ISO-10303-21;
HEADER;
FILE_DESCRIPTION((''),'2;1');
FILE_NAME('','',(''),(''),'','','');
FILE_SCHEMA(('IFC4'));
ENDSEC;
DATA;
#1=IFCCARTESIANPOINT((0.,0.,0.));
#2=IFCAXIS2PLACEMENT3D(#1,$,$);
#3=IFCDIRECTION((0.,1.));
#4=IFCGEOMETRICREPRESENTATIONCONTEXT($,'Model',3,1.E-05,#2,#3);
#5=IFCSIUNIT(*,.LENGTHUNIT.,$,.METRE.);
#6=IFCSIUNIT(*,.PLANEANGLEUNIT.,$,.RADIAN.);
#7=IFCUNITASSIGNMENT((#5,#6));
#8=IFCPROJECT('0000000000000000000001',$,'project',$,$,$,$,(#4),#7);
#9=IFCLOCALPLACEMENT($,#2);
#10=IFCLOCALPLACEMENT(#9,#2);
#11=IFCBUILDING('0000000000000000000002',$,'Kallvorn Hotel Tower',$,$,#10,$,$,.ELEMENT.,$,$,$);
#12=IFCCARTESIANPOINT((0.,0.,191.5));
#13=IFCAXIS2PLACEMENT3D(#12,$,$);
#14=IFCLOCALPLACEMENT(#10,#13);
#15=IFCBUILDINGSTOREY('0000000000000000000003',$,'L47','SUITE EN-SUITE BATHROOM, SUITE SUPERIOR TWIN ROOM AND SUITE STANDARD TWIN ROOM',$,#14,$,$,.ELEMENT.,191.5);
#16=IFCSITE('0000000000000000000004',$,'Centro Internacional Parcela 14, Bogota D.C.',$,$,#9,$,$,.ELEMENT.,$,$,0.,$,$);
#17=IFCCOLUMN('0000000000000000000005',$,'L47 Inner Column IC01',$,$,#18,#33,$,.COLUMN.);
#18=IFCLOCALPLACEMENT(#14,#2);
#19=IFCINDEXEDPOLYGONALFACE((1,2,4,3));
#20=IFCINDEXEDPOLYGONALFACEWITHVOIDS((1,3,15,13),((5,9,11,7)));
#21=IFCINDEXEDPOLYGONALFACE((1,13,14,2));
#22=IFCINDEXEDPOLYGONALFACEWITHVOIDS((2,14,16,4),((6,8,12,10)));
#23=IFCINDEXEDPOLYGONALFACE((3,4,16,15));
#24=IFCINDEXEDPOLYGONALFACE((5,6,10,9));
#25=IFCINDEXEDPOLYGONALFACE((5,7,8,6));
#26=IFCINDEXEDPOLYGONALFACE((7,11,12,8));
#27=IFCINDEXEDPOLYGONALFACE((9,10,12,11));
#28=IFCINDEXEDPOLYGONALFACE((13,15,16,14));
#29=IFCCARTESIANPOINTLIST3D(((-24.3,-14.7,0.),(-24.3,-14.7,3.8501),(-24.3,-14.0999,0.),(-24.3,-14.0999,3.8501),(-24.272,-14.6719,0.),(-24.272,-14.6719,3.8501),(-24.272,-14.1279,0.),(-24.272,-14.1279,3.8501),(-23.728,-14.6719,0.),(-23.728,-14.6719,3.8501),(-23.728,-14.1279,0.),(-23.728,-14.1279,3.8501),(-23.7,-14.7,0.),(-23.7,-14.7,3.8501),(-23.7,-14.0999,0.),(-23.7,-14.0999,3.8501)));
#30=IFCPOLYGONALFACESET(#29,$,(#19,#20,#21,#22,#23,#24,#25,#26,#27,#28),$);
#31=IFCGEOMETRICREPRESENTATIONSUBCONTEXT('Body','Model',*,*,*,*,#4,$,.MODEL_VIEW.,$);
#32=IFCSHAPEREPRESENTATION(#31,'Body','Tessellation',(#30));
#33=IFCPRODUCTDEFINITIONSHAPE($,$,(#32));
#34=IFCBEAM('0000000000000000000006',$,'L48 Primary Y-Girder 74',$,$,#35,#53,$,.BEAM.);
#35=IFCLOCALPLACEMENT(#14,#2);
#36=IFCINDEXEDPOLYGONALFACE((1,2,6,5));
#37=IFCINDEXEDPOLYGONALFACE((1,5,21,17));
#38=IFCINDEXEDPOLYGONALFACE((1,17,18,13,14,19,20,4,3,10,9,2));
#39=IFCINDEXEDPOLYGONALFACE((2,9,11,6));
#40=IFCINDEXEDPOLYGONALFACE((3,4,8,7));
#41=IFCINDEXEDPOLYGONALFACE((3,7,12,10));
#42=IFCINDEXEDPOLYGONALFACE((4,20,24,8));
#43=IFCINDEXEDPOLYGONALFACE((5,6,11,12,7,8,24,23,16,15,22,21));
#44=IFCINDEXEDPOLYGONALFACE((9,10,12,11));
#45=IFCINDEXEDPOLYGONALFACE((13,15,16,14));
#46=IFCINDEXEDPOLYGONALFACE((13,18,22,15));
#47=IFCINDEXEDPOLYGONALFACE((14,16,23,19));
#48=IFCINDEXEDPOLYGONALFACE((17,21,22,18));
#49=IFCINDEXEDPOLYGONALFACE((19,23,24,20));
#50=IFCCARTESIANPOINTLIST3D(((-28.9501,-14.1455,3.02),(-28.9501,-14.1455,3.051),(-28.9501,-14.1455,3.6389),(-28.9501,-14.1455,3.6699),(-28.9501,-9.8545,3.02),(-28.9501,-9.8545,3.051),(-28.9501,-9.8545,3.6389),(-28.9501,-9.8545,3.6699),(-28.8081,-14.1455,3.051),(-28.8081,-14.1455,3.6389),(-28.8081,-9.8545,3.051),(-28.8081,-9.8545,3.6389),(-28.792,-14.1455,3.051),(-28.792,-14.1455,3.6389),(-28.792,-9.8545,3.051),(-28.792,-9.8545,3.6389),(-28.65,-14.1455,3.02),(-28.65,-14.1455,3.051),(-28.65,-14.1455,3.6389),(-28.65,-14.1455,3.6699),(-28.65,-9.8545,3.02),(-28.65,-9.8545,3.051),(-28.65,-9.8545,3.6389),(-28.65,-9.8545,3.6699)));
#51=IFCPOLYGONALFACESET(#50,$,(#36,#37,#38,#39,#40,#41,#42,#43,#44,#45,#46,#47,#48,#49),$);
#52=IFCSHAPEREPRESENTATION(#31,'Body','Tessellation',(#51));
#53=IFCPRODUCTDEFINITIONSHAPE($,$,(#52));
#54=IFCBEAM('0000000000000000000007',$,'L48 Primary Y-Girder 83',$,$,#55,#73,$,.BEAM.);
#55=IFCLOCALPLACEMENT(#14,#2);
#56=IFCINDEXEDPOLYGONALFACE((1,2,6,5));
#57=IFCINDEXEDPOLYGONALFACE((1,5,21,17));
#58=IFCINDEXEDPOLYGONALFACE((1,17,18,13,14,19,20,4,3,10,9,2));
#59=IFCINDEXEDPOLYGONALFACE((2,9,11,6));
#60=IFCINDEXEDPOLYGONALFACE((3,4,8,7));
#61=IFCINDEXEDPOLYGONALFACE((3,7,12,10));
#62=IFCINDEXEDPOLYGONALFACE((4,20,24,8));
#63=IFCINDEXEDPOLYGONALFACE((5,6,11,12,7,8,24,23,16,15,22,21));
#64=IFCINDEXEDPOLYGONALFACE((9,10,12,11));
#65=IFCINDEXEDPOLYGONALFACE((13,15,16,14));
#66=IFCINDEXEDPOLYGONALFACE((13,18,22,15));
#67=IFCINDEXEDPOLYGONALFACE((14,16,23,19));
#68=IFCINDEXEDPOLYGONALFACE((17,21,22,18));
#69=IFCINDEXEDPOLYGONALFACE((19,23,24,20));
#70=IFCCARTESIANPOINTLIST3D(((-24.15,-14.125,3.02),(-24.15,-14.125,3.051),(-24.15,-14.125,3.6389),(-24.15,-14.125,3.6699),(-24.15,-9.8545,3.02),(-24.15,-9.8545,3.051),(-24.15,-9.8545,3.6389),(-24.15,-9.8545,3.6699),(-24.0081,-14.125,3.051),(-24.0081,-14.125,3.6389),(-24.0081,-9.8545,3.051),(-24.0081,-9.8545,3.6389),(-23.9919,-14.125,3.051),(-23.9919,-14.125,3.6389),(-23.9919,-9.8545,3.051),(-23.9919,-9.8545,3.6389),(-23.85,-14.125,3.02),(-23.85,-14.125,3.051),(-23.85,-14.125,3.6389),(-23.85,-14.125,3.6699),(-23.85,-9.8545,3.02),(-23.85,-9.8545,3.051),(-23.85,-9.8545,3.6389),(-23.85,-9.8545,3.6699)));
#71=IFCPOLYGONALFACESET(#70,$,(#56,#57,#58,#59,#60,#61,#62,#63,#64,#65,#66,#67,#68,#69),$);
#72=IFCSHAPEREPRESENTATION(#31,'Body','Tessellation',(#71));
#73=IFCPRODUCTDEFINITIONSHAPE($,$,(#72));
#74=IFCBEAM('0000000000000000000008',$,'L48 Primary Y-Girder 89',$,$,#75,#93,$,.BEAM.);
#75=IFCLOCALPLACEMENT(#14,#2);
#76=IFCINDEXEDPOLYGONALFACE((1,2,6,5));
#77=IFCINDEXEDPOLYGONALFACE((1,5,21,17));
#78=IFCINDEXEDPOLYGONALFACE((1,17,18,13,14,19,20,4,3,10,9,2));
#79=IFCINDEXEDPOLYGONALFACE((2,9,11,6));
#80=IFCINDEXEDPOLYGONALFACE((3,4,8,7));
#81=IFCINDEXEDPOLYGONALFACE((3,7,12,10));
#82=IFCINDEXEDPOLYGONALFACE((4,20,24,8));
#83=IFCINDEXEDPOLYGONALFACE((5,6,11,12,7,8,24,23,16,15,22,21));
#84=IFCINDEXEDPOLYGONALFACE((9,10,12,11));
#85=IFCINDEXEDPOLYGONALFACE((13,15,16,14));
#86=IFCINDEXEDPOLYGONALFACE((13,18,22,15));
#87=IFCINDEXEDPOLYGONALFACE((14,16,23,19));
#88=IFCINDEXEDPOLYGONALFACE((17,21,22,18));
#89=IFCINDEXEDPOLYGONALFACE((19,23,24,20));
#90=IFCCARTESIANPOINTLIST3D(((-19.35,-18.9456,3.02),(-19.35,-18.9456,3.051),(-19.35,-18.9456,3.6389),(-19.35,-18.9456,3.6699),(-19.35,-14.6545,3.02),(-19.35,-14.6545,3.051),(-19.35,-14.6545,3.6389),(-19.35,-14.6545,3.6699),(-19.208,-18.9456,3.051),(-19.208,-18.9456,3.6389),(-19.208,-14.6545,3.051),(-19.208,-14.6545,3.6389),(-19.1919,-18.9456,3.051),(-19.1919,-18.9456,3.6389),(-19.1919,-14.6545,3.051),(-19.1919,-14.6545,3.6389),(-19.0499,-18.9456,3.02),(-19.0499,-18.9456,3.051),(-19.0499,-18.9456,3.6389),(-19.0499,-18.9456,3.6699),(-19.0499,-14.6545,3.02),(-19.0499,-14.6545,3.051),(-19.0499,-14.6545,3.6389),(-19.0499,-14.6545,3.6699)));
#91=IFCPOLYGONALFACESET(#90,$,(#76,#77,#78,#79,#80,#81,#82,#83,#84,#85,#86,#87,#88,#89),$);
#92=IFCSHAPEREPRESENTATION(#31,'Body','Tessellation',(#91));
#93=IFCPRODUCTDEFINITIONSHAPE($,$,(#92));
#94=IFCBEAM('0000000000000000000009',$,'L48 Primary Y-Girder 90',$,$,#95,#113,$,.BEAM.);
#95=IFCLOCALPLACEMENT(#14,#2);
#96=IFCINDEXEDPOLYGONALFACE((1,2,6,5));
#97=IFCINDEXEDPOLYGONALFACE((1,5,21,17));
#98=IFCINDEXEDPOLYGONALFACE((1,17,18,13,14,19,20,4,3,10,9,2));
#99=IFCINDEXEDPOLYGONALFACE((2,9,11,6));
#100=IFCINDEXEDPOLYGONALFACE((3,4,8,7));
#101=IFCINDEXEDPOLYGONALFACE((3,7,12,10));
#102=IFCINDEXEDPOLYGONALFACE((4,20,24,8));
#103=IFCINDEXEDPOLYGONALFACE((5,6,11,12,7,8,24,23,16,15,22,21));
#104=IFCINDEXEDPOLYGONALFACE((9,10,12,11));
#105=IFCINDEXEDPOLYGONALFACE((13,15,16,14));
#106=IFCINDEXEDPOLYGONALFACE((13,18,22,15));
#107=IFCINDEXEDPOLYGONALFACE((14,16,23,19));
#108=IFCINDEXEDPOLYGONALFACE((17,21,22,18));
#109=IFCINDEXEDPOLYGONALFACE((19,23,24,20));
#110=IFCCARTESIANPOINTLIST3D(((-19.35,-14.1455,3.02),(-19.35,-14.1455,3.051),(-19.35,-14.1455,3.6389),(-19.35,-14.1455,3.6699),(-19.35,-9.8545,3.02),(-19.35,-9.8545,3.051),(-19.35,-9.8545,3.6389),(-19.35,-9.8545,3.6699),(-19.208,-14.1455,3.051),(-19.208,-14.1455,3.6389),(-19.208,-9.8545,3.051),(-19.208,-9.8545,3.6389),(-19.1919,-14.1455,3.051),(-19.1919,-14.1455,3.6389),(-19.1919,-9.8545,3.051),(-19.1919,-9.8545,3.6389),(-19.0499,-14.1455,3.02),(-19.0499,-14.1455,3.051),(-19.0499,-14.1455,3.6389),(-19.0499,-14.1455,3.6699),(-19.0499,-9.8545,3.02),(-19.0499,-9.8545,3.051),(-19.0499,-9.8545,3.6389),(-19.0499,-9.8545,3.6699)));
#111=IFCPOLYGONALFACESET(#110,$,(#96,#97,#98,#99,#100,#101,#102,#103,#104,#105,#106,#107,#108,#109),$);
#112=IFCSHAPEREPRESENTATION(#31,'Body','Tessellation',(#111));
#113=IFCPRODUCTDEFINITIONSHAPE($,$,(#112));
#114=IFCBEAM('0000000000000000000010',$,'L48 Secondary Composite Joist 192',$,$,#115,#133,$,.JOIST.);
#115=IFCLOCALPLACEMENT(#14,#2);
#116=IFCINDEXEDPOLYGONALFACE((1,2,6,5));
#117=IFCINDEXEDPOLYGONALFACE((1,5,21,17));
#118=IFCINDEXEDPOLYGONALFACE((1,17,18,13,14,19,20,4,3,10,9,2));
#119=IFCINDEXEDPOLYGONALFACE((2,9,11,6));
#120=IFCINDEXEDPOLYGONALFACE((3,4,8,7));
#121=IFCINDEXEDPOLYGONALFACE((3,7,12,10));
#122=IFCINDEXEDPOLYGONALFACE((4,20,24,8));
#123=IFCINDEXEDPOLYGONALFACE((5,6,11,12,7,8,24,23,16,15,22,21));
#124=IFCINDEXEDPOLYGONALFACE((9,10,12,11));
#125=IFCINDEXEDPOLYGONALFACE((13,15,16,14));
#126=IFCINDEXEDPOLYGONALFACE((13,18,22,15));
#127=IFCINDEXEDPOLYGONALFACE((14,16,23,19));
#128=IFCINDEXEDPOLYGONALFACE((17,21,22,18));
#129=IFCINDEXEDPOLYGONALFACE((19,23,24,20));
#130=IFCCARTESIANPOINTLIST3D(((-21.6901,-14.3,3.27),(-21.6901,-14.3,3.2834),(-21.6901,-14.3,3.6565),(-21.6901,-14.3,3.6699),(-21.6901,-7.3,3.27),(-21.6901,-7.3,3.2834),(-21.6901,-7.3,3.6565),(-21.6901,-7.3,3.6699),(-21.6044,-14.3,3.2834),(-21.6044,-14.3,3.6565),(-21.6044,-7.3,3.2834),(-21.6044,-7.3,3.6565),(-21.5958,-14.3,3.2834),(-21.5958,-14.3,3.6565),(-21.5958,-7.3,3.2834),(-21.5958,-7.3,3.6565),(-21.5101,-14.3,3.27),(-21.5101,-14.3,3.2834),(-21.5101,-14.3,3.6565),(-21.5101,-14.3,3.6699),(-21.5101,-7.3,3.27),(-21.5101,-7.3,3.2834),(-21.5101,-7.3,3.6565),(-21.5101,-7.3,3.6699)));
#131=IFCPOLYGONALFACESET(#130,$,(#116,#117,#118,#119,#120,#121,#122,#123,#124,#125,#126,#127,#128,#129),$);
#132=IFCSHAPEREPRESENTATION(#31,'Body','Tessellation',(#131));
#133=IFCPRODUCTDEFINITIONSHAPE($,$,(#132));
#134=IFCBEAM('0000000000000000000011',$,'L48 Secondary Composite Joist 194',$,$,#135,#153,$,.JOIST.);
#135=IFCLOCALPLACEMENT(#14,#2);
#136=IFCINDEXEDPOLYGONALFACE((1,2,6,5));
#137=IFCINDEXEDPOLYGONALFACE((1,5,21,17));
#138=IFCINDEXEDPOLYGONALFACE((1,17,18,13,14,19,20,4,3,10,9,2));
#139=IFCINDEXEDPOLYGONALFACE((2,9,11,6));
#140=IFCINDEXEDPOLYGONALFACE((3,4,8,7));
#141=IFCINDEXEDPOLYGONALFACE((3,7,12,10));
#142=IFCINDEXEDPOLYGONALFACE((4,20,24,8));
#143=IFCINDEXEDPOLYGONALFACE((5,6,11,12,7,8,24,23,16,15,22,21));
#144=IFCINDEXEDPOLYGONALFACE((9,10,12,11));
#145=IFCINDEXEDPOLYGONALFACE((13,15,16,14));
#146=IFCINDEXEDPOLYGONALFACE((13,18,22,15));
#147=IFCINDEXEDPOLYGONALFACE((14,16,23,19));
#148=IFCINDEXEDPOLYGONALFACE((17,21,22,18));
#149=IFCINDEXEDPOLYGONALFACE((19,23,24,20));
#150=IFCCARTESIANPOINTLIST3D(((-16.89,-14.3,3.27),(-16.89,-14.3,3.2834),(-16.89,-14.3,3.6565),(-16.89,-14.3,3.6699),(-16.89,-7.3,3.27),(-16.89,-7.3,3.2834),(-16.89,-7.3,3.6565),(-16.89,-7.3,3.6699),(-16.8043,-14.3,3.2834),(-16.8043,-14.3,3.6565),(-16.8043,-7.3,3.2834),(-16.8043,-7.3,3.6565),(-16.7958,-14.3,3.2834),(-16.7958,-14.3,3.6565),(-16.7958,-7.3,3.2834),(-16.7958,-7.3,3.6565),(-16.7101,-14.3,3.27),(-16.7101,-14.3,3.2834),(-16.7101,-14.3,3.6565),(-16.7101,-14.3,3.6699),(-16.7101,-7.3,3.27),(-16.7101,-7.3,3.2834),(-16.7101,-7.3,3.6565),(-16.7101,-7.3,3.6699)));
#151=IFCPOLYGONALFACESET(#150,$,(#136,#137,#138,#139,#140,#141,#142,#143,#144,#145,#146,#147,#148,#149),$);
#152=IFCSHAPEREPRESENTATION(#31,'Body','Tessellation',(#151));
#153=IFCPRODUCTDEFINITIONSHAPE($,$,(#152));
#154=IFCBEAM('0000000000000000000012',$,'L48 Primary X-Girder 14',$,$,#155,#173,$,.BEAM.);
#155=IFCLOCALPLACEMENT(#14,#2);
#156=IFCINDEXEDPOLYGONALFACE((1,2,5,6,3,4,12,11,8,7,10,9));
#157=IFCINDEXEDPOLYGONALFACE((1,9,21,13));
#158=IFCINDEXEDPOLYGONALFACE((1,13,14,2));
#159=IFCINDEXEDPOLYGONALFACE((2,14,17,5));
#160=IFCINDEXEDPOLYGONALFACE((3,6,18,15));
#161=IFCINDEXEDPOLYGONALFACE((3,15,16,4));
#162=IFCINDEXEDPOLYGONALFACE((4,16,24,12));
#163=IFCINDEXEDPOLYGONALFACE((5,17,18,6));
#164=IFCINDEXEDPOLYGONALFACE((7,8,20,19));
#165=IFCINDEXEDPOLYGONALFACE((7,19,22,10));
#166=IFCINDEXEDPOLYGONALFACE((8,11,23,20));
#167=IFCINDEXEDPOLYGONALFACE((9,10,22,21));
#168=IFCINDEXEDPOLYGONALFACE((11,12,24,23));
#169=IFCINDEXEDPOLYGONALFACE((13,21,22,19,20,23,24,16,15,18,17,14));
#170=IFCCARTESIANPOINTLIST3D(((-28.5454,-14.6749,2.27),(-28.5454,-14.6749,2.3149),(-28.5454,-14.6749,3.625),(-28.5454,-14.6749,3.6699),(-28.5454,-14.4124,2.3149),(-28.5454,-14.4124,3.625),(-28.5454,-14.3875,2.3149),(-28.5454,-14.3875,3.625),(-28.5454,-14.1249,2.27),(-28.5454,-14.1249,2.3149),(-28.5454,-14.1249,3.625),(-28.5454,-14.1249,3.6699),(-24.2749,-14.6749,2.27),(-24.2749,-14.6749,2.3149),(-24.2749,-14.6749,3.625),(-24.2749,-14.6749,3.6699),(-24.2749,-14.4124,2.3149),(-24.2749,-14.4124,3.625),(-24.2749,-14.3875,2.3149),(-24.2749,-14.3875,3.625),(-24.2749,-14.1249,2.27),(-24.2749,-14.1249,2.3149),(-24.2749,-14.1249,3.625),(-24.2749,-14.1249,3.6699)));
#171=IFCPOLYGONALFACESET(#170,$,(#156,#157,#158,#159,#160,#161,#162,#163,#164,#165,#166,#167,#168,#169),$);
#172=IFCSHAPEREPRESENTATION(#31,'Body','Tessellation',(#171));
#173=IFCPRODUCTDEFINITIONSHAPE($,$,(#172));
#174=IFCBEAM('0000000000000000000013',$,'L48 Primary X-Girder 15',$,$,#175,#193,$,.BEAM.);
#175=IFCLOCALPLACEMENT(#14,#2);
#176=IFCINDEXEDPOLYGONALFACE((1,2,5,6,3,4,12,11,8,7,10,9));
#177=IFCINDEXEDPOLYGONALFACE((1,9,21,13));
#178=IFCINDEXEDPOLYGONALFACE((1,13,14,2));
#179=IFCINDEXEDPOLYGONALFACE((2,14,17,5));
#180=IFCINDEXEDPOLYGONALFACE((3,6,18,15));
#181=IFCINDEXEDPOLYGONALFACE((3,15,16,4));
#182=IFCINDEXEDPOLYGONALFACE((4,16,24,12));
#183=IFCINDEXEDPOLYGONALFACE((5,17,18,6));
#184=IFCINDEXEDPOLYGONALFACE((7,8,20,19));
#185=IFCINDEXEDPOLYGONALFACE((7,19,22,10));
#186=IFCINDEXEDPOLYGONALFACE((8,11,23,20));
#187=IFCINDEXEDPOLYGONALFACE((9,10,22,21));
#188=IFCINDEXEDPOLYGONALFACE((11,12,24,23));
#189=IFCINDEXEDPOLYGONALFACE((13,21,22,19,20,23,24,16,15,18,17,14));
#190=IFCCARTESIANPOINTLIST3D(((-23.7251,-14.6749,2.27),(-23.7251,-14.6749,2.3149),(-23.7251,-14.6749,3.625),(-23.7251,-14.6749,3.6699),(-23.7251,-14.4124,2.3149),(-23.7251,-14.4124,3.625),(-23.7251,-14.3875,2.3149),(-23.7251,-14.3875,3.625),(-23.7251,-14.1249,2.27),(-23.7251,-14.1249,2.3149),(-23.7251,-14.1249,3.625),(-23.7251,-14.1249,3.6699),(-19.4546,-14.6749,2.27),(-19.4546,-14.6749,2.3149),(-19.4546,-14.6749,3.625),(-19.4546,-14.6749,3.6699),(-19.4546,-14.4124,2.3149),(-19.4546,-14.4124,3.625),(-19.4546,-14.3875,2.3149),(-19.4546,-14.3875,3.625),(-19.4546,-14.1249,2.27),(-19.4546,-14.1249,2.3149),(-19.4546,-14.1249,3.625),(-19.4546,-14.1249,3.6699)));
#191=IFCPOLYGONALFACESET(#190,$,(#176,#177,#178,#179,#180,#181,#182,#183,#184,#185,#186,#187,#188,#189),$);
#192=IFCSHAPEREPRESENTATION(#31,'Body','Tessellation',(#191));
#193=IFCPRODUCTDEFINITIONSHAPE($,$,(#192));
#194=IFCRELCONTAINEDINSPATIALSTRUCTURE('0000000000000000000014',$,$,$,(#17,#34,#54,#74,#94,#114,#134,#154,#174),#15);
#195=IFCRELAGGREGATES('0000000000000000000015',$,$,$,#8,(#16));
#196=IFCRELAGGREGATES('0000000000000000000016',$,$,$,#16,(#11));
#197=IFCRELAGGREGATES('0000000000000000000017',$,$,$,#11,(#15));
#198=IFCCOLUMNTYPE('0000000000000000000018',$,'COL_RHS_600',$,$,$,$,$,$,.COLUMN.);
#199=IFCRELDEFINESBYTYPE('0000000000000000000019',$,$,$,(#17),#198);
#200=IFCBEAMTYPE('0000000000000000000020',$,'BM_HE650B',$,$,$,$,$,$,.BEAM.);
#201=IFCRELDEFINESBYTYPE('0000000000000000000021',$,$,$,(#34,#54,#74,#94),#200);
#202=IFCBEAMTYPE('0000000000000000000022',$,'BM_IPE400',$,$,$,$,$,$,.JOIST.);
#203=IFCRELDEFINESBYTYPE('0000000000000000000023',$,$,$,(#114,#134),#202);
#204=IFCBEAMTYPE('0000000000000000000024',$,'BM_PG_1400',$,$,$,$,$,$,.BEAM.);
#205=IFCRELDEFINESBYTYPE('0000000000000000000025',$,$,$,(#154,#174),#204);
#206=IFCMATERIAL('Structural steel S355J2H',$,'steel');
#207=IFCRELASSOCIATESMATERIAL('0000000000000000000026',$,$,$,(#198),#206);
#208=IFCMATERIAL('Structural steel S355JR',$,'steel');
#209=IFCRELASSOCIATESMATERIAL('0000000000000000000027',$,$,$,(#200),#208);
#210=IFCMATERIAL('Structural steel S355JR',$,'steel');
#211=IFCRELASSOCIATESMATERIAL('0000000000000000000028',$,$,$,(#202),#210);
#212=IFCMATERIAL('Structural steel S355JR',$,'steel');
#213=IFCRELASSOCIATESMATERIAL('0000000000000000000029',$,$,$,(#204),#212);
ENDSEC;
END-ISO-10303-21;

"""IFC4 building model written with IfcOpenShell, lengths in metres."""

from ifc_helpers import new_model, si_unit, direction, frame, origin, origin_2d, place, context, subcontext, project, spatial, hollow_rectangle, i_section, extrude, material, material_profile, profile_set, type_object, element, save


model = new_model("IFC4")

# Units and contexts
model_context = context("Model", 3, precision=1e-05, world=origin(), true_north=direction((0.0, 1.0)))
body_context = subcontext(model_context, "Body", "Model", "MODEL_VIEW")
ifc_project = project(units=[si_unit("LENGTHUNIT", "METRE"), si_unit("PLANEANGLEUNIT", "RADIAN")], contexts=[model_context])

# Site, building, storey
site_placement = place(None, origin())
site = spatial("IfcSite", under=ifc_project, at=site_placement, Name="Centro Internacional Parcela 14, Bogota D.C.", CompositionType="ELEMENT", RefElevation=0.0)
building_placement = place(site_placement, origin())
building = spatial("IfcBuilding", under=site, at=building_placement, Name="Kallvorn Hotel Tower", CompositionType="ELEMENT")
storey_placement = place(building_placement, frame((0.0, 0.0, 191.5)))
storey = spatial("IfcBuildingStorey", under=building, at=storey_placement, Name="L47", Description="SUITE EN-SUITE BATHROOM, SUITE SUPERIOR TWIN ROOM AND SUITE STANDARD TWIN ROOM", CompositionType="ELEMENT", Elevation=191.5)

# Column
ifc_material_1 = material(Name="Structural steel S355J2H", Category="steel")
ifc_material_profile_1 = material_profile(ifc_material_1, hollow_rectangle(XDim=0.6001, YDim=0.6001, WallThickness=0.0281, at=origin_2d()), Name="RHS 600x600x28")
ifc_profile_set_1 = profile_set([ifc_material_profile_1], Name="Structural steel S355J2H")
column_type_1 = type_object("IfcColumnType", Name="COL_RHS_600", PredefinedType="COLUMN", material=ifc_profile_set_1)
column_placement = place(storey_placement, frame((-24.0, -14.3999, 0.0), z_axis=(0.0, 0.0, 1.0), x_axis=(1.0, 0.0, 0.0)))
element("IfcColumn", 1, at=column_placement, inside=storey, type_object=column_type_1, Name="L47 Inner Column IC01", PredefinedType="COLUMN", context=body_context, shape_type="SweptSolid", body=[
    extrude(hollow_rectangle(XDim=0.6001, YDim=0.6001, WallThickness=0.0281, at=origin_2d()), origin(), (0.0, 0.0, 1.0), 3.8501),
])

# Beams
ifc_material_2 = material(Name="Structural steel S355JR", Category="steel")
ifc_material_profile_2 = material_profile(ifc_material_2, i_section(OverallWidth=0.3, OverallDepth=0.6499, WebThickness=0.0161, FlangeThickness=0.031, at=origin_2d()), Name="HE 650 B")
ifc_profile_set_2 = profile_set([ifc_material_profile_2], Name="Structural steel S355JR")
beam_type_1 = type_object("IfcBeamType", Name="BM_HE650B", PredefinedType="BEAM", material=ifc_profile_set_2)
beam_1_placement = place(storey_placement, frame((-28.8, -14.1455, 3.345), z_axis=(0.0, 1.0, 0.0), x_axis=(-1.0, 0.0, 0.0)))
element("IfcBeam", 2, at=beam_1_placement, inside=storey, type_object=beam_type_1, Name="L48 Primary Y-Girder 74", PredefinedType="BEAM", context=body_context, shape_type="SweptSolid", body=[
    extrude(i_section(OverallWidth=0.3, OverallDepth=0.6499, WebThickness=0.0161, FlangeThickness=0.031, at=origin_2d()), origin(), (0.0, 0.0, 1.0), 4.291),
])
beam_2_placement = place(storey_placement, frame((-24.0, -14.125, 3.345), z_axis=(0.0, 1.0, 0.0), x_axis=(-1.0, 0.0, 0.0)))
element("IfcBeam", 3, at=beam_2_placement, inside=storey, type_object=beam_type_1, Name="L48 Primary Y-Girder 83", PredefinedType="BEAM", context=body_context, shape_type="SweptSolid", body=[
    extrude(i_section(OverallWidth=0.3, OverallDepth=0.6499, WebThickness=0.0161, FlangeThickness=0.031, at=origin_2d()), origin(), (0.0, 0.0, 1.0), 4.2705),
])
for number, where, z_axis, x_axis, name in (
    (4, (-19.2, -18.9456, 3.345), (0.0, 1.0, 0.0), (-1.0, 0.0, 0.0), "L48 Primary Y-Girder 89"),
    (5, (-19.2, -14.1455, 3.345), (0.0, 1.0, 0.0), (-1.0, 0.0, 0.0), "L48 Primary Y-Girder 90"),
):
    element("IfcBeam", number, at=place(storey_placement, frame(where, z_axis=z_axis, x_axis=x_axis)), inside=storey, type_object=beam_type_1, Name=name, PredefinedType="BEAM", context=body_context, shape_type="SweptSolid", body=[
        extrude(i_section(OverallWidth=0.3, OverallDepth=0.6499, WebThickness=0.0161, FlangeThickness=0.031, at=origin_2d()), origin(), (0.0, 0.0, 1.0), 4.291),
    ])
ifc_material_3 = material(Name="Structural steel S355JR", Category="steel")
ifc_material_profile_3 = material_profile(ifc_material_3, i_section(OverallWidth=0.1799, OverallDepth=0.3999, WebThickness=0.0085, FlangeThickness=0.0134, at=origin_2d()), Name="IPE 400")
ifc_profile_set_3 = profile_set([ifc_material_profile_3], Name="Structural steel S355JR")
beam_type_2 = type_object("IfcBeamType", Name="BM_IPE400", PredefinedType="JOIST", material=ifc_profile_set_3)
for number, where, z_axis, x_axis, name in (
    (6, (-21.6001, -14.3, 3.47), (0.0, 1.0, 0.0), (-1.0, 0.0, 0.0), "L48 Secondary Composite Joist 192"),
    (7, (-16.8, -14.3, 3.47), (0.0, 1.0, 0.0), (-1.0, 0.0, 0.0), "L48 Secondary Composite Joist 194"),
):
    element("IfcBeam", number, at=place(storey_placement, frame(where, z_axis=z_axis, x_axis=x_axis)), inside=storey, type_object=beam_type_2, Name=name, PredefinedType="JOIST", context=body_context, shape_type="SweptSolid", body=[
        extrude(i_section(OverallWidth=0.1799, OverallDepth=0.3999, WebThickness=0.0085, FlangeThickness=0.0134, at=origin_2d()), origin(), (0.0, 0.0, 1.0), 7.0),
    ])
ifc_material_4 = material(Name="Structural steel S355JR", Category="steel")
ifc_material_profile_4 = material_profile(ifc_material_4, i_section(OverallWidth=0.55, OverallDepth=1.3999, WebThickness=0.0249, FlangeThickness=0.0449, at=origin_2d()), Name="PG 1400x550x25x45")
ifc_profile_set_4 = profile_set([ifc_material_profile_4], Name="Structural steel S355JR")
beam_type_3 = type_object("IfcBeamType", Name="BM_PG_1400", PredefinedType="BEAM", material=ifc_profile_set_4)
for number, where, z_axis, x_axis, name in (
    (8, (-28.5454, -14.3999, 2.97), (1.0, 0.0, 0.0), (0.0, 1.0, 0.0), "L48 Primary X-Girder 14"),
    (9, (-23.7251, -14.3999, 2.97), (1.0, 0.0, 0.0), (0.0, 1.0, 0.0), "L48 Primary X-Girder 15"),
):
    element("IfcBeam", number, at=place(storey_placement, frame(where, z_axis=z_axis, x_axis=x_axis)), inside=storey, type_object=beam_type_3, Name=name, PredefinedType="BEAM", context=body_context, shape_type="SweptSolid", body=[
        extrude(i_section(OverallWidth=0.55, OverallDepth=1.3999, WebThickness=0.0249, FlangeThickness=0.0449, at=origin_2d()), origin(), (0.0, 0.0, 1.0), 4.2705),
    ])

save(model, "model.ifc")
